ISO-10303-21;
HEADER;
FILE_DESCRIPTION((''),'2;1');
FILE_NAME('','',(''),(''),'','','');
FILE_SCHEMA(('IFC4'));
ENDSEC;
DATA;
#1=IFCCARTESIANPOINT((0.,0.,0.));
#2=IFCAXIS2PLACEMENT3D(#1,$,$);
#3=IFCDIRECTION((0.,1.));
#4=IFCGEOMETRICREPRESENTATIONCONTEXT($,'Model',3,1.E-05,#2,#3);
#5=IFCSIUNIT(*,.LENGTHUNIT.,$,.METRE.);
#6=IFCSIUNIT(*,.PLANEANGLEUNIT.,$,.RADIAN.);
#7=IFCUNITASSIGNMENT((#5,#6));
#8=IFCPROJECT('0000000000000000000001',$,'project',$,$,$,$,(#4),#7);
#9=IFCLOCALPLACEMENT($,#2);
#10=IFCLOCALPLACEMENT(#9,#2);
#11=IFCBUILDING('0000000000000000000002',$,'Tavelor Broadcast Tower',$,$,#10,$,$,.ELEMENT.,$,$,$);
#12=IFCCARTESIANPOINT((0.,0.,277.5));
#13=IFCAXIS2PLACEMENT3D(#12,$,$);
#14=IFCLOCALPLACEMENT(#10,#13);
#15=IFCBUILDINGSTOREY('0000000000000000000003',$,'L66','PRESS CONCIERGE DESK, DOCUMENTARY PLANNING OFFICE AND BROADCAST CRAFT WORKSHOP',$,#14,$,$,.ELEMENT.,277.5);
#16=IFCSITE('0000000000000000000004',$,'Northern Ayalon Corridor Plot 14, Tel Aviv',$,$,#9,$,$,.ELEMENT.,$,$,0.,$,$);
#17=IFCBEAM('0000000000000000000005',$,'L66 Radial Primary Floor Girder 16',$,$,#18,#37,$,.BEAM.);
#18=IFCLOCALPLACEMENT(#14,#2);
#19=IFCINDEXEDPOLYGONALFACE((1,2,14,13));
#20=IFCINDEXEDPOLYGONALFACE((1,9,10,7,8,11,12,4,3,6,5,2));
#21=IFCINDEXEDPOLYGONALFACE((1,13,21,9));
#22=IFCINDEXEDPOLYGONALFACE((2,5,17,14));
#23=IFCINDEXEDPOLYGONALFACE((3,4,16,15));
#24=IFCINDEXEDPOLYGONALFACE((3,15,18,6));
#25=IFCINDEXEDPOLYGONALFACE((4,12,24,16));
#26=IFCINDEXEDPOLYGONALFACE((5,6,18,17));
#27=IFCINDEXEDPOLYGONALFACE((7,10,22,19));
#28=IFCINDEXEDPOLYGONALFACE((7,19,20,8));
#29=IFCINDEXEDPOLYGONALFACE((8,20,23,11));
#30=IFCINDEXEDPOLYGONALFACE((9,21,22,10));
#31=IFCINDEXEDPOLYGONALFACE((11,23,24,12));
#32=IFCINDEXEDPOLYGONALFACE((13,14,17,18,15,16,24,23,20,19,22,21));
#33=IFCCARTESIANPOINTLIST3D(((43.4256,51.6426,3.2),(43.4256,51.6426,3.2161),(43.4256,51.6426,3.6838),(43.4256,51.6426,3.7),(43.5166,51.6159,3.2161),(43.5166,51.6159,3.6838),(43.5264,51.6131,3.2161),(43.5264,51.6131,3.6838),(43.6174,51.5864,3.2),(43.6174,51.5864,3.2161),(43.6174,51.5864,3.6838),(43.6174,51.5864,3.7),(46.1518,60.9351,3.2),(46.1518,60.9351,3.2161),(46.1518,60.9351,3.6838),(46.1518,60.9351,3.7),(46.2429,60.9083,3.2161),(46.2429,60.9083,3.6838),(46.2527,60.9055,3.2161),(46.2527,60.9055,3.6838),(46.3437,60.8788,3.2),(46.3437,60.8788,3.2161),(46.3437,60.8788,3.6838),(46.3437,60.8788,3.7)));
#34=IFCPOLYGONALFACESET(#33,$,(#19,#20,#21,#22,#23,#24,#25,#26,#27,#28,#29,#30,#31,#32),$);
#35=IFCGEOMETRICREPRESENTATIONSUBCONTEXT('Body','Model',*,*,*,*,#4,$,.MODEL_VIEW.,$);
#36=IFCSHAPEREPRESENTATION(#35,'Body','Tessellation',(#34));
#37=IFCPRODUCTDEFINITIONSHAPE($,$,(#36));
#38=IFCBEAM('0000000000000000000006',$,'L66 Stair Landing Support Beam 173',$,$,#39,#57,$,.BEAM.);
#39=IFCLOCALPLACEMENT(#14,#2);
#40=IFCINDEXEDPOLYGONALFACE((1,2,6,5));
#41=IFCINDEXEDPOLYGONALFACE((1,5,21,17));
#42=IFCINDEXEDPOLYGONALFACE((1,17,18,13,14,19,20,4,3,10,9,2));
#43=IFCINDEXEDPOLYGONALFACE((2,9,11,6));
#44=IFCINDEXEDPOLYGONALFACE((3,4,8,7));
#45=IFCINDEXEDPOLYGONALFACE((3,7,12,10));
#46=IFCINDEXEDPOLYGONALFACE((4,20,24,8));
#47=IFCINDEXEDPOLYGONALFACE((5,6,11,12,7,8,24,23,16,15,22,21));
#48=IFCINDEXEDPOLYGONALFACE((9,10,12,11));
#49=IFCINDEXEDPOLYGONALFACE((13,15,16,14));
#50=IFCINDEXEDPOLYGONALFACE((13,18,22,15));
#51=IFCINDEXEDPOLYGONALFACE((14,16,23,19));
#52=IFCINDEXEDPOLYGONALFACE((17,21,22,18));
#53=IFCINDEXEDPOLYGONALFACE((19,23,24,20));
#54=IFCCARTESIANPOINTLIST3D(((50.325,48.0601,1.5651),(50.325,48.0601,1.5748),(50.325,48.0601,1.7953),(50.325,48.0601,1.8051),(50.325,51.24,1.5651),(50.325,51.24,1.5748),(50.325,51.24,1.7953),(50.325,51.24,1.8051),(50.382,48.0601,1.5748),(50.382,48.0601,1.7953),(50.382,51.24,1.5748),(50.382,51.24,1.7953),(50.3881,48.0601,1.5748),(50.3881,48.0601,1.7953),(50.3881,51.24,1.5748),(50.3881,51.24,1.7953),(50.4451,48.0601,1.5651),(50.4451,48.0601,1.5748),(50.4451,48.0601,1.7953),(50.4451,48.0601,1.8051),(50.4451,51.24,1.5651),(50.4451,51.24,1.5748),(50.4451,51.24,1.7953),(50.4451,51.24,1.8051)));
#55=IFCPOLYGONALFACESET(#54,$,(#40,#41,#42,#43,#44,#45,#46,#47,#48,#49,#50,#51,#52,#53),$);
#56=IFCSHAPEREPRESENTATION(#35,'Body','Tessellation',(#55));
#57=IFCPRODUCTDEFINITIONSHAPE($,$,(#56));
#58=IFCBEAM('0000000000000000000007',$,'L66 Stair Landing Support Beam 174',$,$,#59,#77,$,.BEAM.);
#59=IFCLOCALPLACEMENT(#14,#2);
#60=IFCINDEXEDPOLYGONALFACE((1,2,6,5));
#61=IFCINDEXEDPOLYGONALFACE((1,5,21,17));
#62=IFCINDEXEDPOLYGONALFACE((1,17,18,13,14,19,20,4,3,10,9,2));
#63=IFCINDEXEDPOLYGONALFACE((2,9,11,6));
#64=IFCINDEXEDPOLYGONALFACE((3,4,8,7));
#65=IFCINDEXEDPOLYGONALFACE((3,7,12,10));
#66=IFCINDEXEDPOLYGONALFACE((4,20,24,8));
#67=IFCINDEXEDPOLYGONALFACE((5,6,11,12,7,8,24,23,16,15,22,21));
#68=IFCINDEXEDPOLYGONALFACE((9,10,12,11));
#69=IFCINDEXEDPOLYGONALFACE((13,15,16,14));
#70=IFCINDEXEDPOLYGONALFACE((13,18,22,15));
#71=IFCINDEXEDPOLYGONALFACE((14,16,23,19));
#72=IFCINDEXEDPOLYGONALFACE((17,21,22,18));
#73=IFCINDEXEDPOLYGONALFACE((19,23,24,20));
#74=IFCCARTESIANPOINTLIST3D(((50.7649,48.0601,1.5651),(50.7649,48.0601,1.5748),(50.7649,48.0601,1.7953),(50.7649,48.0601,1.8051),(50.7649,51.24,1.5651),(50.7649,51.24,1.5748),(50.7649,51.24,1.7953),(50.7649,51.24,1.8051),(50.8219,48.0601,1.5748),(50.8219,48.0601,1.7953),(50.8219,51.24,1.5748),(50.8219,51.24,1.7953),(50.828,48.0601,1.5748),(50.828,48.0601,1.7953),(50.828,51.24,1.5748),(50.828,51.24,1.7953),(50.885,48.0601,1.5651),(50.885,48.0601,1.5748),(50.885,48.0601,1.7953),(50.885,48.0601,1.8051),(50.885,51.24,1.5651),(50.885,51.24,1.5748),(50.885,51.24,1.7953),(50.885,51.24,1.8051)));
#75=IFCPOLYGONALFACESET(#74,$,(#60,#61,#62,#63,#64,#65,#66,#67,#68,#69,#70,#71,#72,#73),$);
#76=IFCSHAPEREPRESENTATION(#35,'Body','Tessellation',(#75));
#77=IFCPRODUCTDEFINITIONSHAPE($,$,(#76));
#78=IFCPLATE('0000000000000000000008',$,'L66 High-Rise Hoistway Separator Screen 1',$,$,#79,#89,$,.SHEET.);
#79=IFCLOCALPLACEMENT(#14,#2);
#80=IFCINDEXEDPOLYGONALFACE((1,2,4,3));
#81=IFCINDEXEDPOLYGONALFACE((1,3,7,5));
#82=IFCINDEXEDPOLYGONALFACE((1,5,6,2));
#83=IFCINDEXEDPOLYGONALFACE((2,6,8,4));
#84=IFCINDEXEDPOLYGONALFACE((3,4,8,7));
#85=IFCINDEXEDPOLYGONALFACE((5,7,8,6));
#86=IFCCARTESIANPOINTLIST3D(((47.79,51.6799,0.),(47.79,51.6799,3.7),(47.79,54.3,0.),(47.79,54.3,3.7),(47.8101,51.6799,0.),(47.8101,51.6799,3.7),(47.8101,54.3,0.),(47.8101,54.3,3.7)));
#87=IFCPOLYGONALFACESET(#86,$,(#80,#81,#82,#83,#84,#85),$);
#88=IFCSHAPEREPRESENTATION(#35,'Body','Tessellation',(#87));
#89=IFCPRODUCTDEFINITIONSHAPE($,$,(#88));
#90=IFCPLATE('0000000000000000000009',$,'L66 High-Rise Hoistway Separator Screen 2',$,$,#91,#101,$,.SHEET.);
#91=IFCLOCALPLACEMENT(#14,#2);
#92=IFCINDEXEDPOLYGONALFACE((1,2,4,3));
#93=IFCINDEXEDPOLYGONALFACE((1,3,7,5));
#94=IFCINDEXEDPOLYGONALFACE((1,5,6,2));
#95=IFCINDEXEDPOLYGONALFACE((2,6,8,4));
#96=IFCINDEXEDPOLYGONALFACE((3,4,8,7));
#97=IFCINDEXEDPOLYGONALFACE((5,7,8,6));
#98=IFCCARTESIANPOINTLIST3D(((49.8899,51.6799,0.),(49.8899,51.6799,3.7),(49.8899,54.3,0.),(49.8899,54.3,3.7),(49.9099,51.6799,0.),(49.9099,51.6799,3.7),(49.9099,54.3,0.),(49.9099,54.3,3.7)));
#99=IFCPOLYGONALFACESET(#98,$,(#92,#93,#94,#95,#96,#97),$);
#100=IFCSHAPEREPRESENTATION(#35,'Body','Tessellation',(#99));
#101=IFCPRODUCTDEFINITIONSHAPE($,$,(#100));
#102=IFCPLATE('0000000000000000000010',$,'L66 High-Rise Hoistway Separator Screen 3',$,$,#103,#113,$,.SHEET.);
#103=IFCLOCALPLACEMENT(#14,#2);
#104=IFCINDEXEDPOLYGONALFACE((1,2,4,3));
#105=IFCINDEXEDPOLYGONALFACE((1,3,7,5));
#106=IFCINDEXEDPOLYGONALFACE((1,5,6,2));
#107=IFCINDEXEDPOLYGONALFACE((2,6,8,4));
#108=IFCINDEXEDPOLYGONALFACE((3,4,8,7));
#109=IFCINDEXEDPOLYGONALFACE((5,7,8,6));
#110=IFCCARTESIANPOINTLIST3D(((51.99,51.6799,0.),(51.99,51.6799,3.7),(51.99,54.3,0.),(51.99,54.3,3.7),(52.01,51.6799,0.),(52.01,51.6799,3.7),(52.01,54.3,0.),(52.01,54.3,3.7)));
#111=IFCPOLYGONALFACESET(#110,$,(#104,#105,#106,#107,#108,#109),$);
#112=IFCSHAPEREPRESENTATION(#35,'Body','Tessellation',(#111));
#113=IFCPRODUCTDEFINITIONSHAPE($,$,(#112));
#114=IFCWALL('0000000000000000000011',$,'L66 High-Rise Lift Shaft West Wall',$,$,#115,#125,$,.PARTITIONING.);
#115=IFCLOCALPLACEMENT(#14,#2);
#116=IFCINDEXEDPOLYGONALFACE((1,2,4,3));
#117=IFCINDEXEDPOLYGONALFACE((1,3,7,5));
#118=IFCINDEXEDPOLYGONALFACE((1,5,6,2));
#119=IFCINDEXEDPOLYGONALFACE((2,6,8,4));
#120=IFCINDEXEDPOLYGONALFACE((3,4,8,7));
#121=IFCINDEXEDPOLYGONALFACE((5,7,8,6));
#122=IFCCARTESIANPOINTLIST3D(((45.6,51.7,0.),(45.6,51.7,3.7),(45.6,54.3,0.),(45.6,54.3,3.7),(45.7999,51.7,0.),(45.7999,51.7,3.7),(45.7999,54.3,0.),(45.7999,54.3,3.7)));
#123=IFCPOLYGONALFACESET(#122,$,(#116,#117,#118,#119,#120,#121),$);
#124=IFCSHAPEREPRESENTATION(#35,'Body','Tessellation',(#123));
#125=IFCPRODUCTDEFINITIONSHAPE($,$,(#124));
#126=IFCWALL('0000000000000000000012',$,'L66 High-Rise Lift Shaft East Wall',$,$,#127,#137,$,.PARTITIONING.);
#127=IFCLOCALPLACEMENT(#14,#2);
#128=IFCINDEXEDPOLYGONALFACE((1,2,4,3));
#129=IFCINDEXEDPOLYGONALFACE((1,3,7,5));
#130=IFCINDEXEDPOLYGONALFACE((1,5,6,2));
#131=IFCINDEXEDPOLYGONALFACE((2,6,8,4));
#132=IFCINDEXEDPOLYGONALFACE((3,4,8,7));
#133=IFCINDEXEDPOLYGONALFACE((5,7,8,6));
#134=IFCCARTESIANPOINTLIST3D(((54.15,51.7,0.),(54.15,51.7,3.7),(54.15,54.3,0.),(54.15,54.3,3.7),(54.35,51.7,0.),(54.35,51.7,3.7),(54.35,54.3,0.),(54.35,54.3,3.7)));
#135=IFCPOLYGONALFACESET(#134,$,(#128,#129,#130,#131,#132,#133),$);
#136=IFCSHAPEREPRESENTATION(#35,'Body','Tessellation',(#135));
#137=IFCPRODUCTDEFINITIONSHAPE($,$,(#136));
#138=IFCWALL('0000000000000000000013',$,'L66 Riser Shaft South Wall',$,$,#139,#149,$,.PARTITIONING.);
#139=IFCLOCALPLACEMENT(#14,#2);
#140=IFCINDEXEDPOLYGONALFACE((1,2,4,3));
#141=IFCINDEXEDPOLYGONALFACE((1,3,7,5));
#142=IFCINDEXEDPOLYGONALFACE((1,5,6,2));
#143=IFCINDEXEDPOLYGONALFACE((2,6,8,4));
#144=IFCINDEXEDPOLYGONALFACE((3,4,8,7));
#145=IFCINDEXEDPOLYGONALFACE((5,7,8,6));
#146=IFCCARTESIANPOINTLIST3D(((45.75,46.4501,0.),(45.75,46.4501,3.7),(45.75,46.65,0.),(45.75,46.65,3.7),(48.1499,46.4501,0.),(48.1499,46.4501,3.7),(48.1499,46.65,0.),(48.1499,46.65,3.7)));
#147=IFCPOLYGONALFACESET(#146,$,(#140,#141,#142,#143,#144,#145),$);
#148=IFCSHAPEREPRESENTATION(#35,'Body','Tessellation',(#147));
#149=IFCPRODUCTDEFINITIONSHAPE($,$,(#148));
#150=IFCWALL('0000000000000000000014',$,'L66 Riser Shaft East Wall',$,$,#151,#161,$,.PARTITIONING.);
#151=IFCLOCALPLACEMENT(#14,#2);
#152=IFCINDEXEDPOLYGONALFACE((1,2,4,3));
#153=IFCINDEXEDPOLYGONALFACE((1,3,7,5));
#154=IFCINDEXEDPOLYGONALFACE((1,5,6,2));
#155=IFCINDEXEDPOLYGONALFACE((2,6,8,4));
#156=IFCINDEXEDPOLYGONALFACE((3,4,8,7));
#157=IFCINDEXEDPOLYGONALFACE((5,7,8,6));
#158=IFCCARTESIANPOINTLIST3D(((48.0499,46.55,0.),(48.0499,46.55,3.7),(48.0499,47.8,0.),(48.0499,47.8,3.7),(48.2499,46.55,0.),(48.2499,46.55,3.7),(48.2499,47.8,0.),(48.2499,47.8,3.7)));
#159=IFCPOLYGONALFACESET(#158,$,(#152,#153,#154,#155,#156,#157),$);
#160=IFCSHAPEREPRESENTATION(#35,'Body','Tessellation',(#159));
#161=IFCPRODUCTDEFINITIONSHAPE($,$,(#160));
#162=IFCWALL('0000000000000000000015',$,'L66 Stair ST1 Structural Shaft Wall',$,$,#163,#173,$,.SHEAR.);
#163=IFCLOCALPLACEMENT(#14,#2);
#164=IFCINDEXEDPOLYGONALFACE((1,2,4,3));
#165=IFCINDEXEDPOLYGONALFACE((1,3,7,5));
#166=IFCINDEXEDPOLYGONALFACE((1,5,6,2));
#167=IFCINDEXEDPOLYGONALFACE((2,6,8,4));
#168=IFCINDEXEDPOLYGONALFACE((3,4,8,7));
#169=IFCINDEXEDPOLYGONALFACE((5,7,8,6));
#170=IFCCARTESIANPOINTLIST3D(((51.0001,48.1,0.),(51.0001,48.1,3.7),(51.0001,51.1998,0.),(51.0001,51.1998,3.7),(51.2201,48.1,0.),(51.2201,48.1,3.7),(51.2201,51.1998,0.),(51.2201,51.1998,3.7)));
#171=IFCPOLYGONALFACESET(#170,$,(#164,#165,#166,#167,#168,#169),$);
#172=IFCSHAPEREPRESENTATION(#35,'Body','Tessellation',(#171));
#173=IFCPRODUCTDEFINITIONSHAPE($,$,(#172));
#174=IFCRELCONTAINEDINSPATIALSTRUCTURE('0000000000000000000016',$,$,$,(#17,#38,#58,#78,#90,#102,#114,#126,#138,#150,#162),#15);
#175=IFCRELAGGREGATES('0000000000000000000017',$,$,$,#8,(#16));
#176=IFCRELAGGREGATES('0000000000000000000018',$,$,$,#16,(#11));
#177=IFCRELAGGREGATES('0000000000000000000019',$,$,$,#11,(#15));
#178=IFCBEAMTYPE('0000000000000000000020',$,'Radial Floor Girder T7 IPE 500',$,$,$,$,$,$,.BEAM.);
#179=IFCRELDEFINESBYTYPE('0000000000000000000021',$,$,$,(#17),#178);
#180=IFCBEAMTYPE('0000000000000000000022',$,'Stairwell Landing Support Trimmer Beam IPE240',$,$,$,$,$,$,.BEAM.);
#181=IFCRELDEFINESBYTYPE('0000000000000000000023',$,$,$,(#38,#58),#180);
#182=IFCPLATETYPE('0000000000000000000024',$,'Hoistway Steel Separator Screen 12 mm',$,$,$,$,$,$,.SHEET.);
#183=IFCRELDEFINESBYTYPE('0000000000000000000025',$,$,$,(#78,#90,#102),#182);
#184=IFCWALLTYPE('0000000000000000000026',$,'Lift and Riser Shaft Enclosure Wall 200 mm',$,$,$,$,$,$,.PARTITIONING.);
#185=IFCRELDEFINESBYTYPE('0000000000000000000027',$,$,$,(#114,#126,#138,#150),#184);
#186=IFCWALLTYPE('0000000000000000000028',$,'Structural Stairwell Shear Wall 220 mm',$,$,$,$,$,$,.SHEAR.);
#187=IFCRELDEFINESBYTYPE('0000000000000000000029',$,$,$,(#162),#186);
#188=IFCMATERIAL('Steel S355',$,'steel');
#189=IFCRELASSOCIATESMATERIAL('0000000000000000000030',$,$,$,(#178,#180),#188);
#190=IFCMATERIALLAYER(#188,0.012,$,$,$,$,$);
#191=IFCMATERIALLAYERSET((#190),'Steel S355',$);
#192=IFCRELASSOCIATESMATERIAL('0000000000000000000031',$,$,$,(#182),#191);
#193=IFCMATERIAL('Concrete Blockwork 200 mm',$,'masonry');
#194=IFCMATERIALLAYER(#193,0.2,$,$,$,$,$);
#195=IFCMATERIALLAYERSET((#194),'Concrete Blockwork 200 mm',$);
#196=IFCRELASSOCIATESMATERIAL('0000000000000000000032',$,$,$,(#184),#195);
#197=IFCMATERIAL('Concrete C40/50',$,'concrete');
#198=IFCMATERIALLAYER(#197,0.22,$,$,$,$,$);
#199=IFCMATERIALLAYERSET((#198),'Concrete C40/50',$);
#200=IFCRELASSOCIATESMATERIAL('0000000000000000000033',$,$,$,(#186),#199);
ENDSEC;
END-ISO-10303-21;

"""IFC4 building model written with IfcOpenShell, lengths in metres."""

from ifc_helpers import new_model, si_unit, direction, frame, frame_2d, origin, origin_2d, place, context, subcontext, project, spatial, rectangle, i_section, extrude, source, transform, mapped, material, layer, layer_set, material_profile, profile_set, type_object, type_shapes, element, save


model = new_model("IFC4")

# Units and contexts
model_context = context("Model", 3, precision=1e-05, world=origin(), true_north=direction((0.0, 1.0)))
body_context = subcontext(model_context, "Body", "Model", "MODEL_VIEW")
ifc_project = project(units=[si_unit("LENGTHUNIT", "METRE"), si_unit("PLANEANGLEUNIT", "RADIAN")], contexts=[model_context])

# Site, building, storey
site_placement = place(None, origin())
site = spatial("IfcSite", under=ifc_project, at=site_placement, Name="Northern Ayalon Corridor Plot 14, Tel Aviv", CompositionType="ELEMENT", RefElevation=0.0)
building_placement = place(site_placement, origin())
building = spatial("IfcBuilding", under=site, at=building_placement, Name="Tavelor Broadcast Tower", CompositionType="ELEMENT")
storey_placement = place(building_placement, frame((0.0, 0.0, 277.5)))
storey = spatial("IfcBuildingStorey", under=building, at=storey_placement, Name="L66", Description="PRESS CONCIERGE DESK, DOCUMENTARY PLANNING OFFICE AND BROADCAST CRAFT WORKSHOP", CompositionType="ELEMENT", Elevation=277.5)

# Beams
ifc_material_1 = material(Name="Steel S355", Category="steel")
ifc_material_profile_1 = material_profile(ifc_material_1, i_section(OverallWidth=0.2, OverallDepth=0.5, WebThickness=0.0103, FlangeThickness=0.0161, at=origin_2d()), Name="IPE 500")
ifc_profile_set_1 = profile_set([ifc_material_profile_1], Name="Steel S355")
beam_type_1 = type_object("IfcBeamType", Name="Radial Floor Girder T7 IPE 500", PredefinedType="BEAM", material=ifc_profile_set_1)
beam_placement = place(storey_placement, frame((43.5215, 51.6145, 3.45), z_axis=(0.281523, 0.959554, 0.0), x_axis=(-0.959554, 0.281523, 0.0)))
element("IfcBeam", 1, at=beam_placement, inside=storey, type_object=beam_type_1, Name="L66 Radial Primary Floor Girder 16", PredefinedType="BEAM", context=body_context, shape_type="SweptSolid", body=[
    extrude(i_section(OverallWidth=0.2, OverallDepth=0.5, WebThickness=0.0103, FlangeThickness=0.0161, at=origin_2d()), origin(), (0.0, 0.0, 1.0), 9.6841),
])
ifc_material_profile_2 = material_profile(ifc_material_1, i_section(OverallWidth=0.1201, OverallDepth=0.24, WebThickness=0.0061, FlangeThickness=0.0098, at=origin_2d()), Name="IPE 240")
ifc_profile_set_2 = profile_set([ifc_material_profile_2], Name="Steel S355")
beam_type_2 = type_object("IfcBeamType", Name="Stairwell Landing Support Trimmer Beam IPE240", PredefinedType="BEAM", material=ifc_profile_set_2)
for number, where, z_axis, x_axis, name in (
    (2, (50.385, 48.0601, 1.6851), (0.0, 1.0, 0.0), (-1.0, 0.0, 0.0), "L66 Stair Landing Support Beam 173"),
    (3, (50.825, 48.0601, 1.6851), (0.0, 1.0, 0.0), (-1.0, 0.0, 0.0), "L66 Stair Landing Support Beam 174"),
):
    element("IfcBeam", number, at=place(storey_placement, frame(where, z_axis=z_axis, x_axis=x_axis)), inside=storey, type_object=beam_type_2, Name=name, PredefinedType="BEAM", context=body_context, shape_type="SweptSolid", body=[
        extrude(i_section(OverallWidth=0.1201, OverallDepth=0.24, WebThickness=0.0061, FlangeThickness=0.0098, at=origin_2d()), origin(), (0.0, 0.0, 1.0), 3.1799),
    ])

# Plates
ifc_layer_1 = layer(ifc_material_1, 0.012)
ifc_layer_set_1 = layer_set([ifc_layer_1], Name="Steel S355")
plate_type = type_object("IfcPlateType", Name="Hoistway Steel Separator Screen 12 mm", PredefinedType="SHEET", material=ifc_layer_set_1)
shared_shape = source(origin(), body_context, "Body", "SweptSolid", [
    extrude(rectangle(XDim=0.02, YDim=2.6201, at=origin_2d()), origin(), (0.0, 0.0, 1.0), 3.7),
])
type_shapes(plate_type, [shared_shape])
for number, where, z_axis, x_axis, name in (
    (4, (47.8, 52.99, 0.0), (0.0, 0.0, 1.0), (1.0, 0.0, 0.0), "L66 High-Rise Hoistway Separator Screen 1"),
    (5, (49.8999, 52.99, 0.0), (0.0, 0.0, 1.0), (1.0, 0.0, 0.0), "L66 High-Rise Hoistway Separator Screen 2"),
    (6, (52.0, 52.99, 0.0), (0.0, 0.0, 1.0), (1.0, 0.0, 0.0), "L66 High-Rise Hoistway Separator Screen 3"),
):
    element("IfcPlate", number, at=place(storey_placement, frame(where, z_axis=z_axis, x_axis=x_axis)), inside=storey, type_object=plate_type, Name=name, PredefinedType="SHEET", context=body_context, shape_type="MappedRepresentation", body=[
        mapped(shared_shape, transform((0.0, 0.0, 0.0), scale=1.0)),
    ])

# Shared definitions
ifc_material_2 = material(Name="Concrete Blockwork 200 mm", Category="masonry")

# Walls
ifc_layer_2 = layer(ifc_material_2, 0.2)
ifc_layer_set_2 = layer_set([ifc_layer_2], Name="Concrete Blockwork 200 mm")
wall_type_1 = type_object("IfcWallType", Name="Lift and Riser Shaft Enclosure Wall 200 mm", PredefinedType="PARTITIONING", material=ifc_layer_set_2)
for number, where, z_axis, x_axis, name in (
    (7, (45.7, 51.7, 0.0), (0.0, 0.0, 1.0), (0.0, 1.0, 0.0), "L66 High-Rise Lift Shaft West Wall"),
    (8, (54.25, 51.7, 0.0), (0.0, 0.0, 1.0), (0.0, 1.0, 0.0), "L66 High-Rise Lift Shaft East Wall"),
):
    element("IfcWall", number, at=place(storey_placement, frame(where, z_axis=z_axis, x_axis=x_axis)), inside=storey, type_object=wall_type_1, Name=name, PredefinedType="PARTITIONING", context=body_context, shape_type="SweptSolid", body=[
        extrude(rectangle(XDim=2.6001, YDim=0.2, at=frame_2d((1.3, 0.0))), origin(), (0.0, 0.0, 1.0), 3.7),
    ])
wall_1_placement = place(storey_placement, frame((45.75, 46.55, 0.0), z_axis=(0.0, 0.0, 1.0), x_axis=(1.0, 0.0, 0.0)))
element("IfcWall", 9, at=wall_1_placement, inside=storey, type_object=wall_type_1, Name="L66 Riser Shaft South Wall", PredefinedType="PARTITIONING", context=body_context, shape_type="SweptSolid", body=[
    extrude(rectangle(XDim=2.3999, YDim=0.2, at=frame_2d((1.2, 0.0))), origin(), (0.0, 0.0, 1.0), 3.7),
])
wall_2_placement = place(storey_placement, frame((48.1499, 46.55, 0.0), z_axis=(0.0, 0.0, 1.0), x_axis=(0.0, 1.0, 0.0)))
element("IfcWall", 10, at=wall_2_placement, inside=storey, type_object=wall_type_1, Name="L66 Riser Shaft East Wall", PredefinedType="PARTITIONING", context=body_context, shape_type="SweptSolid", body=[
    extrude(rectangle(XDim=1.25, YDim=0.2, at=frame_2d((0.625, 0.0))), origin(), (0.0, 0.0, 1.0), 3.7),
])
ifc_material_3 = material(Name="Concrete C40/50", Category="concrete")
ifc_layer_3 = layer(ifc_material_3, 0.22)
ifc_layer_set_3 = layer_set([ifc_layer_3], Name="Concrete C40/50")
wall_type_2 = type_object("IfcWallType", Name="Structural Stairwell Shear Wall 220 mm", PredefinedType="SHEAR", material=ifc_layer_set_3)
wall_3_placement = place(storey_placement, frame((51.1101, 48.1001, 0.0), z_axis=(0.0, 0.0, 1.0), x_axis=(0.0, 1.0, 0.0)))
element("IfcWall", 11, at=wall_3_placement, inside=storey, type_object=wall_type_2, Name="L66 Stair ST1 Structural Shaft Wall", PredefinedType="SHEAR", context=body_context, shape_type="SweptSolid", body=[
    extrude(rectangle(XDim=3.0999, YDim=0.22, at=frame_2d((1.5498, 0.0))), origin(), (0.0, 0.0, 1.0), 3.7),
])

save(model, "model.ifc")
